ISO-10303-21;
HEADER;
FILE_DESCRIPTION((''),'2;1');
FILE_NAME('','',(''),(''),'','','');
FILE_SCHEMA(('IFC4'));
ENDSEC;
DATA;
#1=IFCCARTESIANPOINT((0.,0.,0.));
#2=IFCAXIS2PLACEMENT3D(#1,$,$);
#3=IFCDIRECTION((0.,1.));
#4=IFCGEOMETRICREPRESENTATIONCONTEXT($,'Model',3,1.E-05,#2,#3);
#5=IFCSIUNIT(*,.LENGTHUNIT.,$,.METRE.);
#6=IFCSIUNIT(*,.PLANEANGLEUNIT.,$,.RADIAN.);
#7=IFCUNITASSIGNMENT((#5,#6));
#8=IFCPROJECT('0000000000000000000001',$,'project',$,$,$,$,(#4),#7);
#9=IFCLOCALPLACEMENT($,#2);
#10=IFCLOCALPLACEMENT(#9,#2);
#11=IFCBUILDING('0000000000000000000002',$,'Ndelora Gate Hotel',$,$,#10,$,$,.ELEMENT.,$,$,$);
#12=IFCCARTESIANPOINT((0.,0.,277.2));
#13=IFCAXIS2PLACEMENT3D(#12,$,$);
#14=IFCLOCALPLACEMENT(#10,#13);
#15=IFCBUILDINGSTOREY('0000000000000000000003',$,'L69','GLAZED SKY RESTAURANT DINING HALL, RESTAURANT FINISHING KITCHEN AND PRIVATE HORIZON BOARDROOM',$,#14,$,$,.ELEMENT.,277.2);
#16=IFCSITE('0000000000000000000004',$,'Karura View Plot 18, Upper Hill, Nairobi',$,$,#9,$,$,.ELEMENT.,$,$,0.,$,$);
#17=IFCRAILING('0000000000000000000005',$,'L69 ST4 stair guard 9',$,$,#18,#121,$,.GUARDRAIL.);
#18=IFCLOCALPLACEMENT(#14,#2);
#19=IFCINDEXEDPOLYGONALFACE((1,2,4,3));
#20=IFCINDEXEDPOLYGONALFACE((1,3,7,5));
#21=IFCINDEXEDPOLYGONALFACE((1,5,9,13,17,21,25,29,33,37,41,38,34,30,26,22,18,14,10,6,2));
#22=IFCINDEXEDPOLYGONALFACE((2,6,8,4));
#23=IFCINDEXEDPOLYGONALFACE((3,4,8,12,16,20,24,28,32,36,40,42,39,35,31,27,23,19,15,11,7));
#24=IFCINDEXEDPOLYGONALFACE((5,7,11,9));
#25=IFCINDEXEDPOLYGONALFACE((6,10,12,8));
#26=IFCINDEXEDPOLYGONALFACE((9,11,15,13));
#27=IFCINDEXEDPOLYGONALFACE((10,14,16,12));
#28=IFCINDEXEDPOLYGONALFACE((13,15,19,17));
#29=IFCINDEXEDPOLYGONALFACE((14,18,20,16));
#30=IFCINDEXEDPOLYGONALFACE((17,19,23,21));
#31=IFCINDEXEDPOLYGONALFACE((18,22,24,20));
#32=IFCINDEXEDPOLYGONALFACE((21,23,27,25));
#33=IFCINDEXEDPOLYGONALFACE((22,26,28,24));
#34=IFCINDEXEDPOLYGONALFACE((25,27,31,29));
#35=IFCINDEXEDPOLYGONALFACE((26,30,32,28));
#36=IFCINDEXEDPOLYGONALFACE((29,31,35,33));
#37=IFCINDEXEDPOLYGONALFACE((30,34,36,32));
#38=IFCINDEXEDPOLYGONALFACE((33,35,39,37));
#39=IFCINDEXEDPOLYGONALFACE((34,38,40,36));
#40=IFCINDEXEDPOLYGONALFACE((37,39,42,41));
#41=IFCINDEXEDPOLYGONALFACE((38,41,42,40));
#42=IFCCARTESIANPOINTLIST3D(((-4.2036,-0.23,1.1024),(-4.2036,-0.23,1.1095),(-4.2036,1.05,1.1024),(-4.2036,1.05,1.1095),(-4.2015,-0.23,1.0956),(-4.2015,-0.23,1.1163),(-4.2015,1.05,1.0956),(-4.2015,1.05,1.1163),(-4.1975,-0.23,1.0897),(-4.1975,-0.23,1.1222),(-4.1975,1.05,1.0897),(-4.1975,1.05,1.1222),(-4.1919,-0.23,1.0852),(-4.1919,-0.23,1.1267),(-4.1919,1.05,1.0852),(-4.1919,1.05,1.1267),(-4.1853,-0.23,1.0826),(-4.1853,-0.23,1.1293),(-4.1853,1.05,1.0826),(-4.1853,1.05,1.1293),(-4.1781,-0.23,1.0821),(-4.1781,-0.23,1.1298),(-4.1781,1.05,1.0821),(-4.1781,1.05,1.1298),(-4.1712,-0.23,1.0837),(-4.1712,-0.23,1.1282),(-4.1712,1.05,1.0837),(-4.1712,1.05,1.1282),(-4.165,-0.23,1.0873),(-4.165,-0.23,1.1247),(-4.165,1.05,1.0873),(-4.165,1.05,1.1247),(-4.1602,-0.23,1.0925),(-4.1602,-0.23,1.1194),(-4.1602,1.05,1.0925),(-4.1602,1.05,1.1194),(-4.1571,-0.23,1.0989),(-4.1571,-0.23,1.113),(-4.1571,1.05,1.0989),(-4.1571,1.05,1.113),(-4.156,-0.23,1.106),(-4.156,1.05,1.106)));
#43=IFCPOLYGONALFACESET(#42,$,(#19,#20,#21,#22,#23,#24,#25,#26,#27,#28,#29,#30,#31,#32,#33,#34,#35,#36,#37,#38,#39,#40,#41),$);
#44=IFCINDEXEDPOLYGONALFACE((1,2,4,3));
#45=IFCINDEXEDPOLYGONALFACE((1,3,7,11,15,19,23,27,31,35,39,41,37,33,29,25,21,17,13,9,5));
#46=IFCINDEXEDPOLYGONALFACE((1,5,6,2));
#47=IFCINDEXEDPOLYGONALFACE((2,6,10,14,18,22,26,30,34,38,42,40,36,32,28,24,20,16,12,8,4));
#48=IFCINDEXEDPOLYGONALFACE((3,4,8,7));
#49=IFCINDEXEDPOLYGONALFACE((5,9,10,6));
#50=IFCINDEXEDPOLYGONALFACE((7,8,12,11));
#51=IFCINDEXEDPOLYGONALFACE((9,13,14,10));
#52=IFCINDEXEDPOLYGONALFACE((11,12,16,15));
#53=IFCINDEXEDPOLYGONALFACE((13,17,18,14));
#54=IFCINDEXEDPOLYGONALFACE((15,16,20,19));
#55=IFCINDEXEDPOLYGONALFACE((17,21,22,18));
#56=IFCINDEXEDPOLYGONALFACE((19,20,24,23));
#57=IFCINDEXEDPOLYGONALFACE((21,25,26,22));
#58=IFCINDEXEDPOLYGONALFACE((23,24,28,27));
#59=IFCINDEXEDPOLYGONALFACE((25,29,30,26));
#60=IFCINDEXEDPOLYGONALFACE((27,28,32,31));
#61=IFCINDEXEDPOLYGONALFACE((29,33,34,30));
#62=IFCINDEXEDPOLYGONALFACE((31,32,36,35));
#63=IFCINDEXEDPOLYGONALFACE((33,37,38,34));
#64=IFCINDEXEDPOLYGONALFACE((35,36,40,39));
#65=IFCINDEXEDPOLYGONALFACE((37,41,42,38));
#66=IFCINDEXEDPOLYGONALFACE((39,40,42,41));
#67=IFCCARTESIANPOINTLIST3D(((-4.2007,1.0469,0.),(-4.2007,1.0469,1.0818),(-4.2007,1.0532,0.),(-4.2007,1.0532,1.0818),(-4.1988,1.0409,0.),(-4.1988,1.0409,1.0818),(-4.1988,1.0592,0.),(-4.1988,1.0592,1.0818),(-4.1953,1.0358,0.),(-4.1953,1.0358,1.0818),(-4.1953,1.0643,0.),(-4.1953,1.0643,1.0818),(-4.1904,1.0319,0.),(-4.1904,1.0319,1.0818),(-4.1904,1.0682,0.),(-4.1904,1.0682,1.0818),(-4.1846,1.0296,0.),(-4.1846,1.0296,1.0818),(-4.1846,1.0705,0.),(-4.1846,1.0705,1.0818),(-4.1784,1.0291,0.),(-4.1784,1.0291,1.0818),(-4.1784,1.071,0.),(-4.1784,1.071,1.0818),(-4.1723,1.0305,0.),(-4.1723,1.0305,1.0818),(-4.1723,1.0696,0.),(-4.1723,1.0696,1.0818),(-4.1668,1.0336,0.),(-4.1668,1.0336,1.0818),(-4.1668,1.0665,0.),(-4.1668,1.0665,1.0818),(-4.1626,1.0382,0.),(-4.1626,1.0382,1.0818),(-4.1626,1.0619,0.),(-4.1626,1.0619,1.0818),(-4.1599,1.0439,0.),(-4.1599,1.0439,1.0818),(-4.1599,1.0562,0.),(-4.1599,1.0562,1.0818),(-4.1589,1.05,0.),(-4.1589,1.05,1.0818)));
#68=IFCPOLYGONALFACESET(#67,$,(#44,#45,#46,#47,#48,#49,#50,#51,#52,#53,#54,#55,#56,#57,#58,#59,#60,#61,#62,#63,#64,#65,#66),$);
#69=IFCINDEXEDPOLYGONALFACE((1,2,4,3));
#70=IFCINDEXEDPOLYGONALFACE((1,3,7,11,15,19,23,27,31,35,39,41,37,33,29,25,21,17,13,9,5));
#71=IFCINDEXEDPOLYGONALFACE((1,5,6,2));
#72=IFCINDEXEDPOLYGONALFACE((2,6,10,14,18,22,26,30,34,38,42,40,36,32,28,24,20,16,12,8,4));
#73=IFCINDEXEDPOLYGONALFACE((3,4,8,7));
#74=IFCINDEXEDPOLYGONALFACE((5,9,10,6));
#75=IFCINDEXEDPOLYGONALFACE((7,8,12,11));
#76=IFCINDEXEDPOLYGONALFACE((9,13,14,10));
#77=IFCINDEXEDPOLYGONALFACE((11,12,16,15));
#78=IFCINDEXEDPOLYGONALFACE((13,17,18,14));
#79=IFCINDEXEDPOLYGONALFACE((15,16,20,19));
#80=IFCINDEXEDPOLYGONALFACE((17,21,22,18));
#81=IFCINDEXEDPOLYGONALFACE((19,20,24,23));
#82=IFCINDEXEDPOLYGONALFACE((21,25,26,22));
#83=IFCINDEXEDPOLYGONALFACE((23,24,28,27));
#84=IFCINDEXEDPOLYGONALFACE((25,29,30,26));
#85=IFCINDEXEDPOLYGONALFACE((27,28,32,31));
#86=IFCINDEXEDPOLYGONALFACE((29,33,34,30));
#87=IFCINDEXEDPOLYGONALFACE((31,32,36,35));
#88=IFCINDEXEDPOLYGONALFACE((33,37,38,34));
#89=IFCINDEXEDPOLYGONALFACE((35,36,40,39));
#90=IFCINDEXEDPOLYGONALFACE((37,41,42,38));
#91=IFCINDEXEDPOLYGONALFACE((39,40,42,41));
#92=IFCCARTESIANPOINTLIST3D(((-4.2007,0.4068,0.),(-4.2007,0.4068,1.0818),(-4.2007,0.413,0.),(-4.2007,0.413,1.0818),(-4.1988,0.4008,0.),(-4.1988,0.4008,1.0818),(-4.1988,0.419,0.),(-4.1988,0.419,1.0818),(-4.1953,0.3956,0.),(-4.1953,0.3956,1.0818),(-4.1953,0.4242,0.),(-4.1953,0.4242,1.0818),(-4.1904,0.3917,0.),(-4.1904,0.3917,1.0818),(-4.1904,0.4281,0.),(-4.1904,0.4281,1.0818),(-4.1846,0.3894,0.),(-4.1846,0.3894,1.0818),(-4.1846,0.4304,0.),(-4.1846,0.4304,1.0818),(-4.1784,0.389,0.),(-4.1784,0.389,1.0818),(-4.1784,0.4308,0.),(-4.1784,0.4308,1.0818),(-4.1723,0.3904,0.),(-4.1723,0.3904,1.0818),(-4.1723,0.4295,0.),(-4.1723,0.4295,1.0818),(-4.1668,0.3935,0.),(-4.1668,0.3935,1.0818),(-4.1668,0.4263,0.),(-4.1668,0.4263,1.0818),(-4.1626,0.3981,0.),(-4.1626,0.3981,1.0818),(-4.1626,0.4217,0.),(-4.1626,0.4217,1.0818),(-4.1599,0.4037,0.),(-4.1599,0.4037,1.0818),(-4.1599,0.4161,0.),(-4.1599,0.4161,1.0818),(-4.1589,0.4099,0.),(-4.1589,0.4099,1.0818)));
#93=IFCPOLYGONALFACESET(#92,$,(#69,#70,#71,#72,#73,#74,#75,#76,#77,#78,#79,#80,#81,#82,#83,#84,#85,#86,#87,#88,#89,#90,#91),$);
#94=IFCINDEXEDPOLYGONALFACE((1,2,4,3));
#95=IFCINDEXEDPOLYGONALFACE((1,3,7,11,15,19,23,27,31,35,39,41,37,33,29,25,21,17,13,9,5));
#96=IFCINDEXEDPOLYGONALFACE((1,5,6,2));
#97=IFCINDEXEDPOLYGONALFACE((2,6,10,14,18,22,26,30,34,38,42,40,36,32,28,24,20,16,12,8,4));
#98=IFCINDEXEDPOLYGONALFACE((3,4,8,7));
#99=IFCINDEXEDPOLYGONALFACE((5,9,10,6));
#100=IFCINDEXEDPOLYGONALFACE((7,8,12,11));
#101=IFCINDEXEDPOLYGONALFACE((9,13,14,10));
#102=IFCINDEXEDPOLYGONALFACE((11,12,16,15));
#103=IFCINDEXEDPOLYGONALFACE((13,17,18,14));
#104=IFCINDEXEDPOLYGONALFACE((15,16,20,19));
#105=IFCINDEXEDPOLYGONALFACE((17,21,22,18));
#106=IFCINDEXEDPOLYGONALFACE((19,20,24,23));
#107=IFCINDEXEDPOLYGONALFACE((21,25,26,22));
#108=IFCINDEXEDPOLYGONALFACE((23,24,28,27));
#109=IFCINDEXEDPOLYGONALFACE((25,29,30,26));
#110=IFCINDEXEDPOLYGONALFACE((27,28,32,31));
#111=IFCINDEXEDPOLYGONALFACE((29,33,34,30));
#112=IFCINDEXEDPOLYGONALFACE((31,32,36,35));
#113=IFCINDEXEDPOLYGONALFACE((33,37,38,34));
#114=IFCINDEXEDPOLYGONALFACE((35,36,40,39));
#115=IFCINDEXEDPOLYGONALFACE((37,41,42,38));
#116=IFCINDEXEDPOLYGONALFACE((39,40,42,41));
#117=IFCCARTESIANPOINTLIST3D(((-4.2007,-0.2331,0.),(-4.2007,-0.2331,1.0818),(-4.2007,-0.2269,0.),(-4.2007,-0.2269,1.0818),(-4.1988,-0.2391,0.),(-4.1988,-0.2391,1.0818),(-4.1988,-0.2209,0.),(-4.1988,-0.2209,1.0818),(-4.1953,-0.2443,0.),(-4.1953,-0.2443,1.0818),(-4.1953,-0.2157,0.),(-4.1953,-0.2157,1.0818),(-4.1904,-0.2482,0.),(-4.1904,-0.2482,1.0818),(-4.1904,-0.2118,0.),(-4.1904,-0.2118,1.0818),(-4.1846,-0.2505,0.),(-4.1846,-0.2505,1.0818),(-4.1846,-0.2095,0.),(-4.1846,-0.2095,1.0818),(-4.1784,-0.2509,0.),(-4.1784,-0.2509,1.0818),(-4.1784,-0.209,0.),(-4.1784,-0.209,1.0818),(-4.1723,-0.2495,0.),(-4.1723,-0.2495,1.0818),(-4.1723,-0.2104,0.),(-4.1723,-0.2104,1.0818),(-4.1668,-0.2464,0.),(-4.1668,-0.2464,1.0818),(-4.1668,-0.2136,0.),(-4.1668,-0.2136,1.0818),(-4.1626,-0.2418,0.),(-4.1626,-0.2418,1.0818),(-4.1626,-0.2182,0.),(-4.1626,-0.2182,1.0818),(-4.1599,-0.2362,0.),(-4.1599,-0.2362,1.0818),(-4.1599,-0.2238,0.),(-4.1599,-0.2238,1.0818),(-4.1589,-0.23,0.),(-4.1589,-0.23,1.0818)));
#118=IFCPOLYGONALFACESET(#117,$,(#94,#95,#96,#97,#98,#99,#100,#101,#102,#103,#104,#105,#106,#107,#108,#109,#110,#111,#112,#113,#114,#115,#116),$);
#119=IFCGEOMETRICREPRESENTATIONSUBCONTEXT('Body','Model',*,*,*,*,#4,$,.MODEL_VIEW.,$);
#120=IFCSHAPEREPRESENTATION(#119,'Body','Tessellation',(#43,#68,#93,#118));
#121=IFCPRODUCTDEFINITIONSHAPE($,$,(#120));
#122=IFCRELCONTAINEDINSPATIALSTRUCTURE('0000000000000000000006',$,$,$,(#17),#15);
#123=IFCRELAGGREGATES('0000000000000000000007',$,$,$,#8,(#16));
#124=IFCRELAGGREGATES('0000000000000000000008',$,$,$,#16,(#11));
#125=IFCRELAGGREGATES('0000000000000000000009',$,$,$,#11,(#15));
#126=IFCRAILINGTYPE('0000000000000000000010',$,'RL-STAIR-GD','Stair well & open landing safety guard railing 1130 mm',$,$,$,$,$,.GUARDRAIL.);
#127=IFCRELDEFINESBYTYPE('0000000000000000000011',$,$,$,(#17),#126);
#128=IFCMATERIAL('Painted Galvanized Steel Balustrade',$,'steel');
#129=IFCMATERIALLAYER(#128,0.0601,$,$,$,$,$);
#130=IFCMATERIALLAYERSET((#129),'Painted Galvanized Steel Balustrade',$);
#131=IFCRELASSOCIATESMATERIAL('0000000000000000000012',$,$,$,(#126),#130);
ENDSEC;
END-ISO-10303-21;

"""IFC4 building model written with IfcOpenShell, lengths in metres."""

from ifc_helpers import new_model, si_unit, direction, frame, origin, origin_2d, place, context, subcontext, project, spatial, circle, extrude, material, layer, layer_set, type_object, element, save


model = new_model("IFC4")

# Units and contexts
model_context = context("Model", 3, precision=1e-05, world=origin(), true_north=direction((0.0, 1.0)))
body_context = subcontext(model_context, "Body", "Model", "MODEL_VIEW")
ifc_project = project(units=[si_unit("LENGTHUNIT", "METRE"), si_unit("PLANEANGLEUNIT", "RADIAN")], contexts=[model_context])

# Site, building, storey
site_placement = place(None, origin())
site = spatial("IfcSite", under=ifc_project, at=site_placement, Name="Karura View Plot 18, Upper Hill, Nairobi", CompositionType="ELEMENT", RefElevation=0.0)
building_placement = place(site_placement, origin())
building = spatial("IfcBuilding", under=site, at=building_placement, Name="Ndelora Gate Hotel", CompositionType="ELEMENT")
storey_placement = place(building_placement, frame((0.0, 0.0, 277.2)))
storey = spatial("IfcBuildingStorey", under=building, at=storey_placement, Name="L69", Description="GLAZED SKY RESTAURANT DINING HALL, RESTAURANT FINISHING KITCHEN AND PRIVATE HORIZON BOARDROOM", CompositionType="ELEMENT", Elevation=277.2)

# Railing
ifc_material_1 = material(Name="Painted Galvanized Steel Balustrade", Category="steel")
ifc_layer_1 = layer(ifc_material_1, 0.0601)
ifc_layer_set_1 = layer_set([ifc_layer_1], Name="Painted Galvanized Steel Balustrade")
railing_type_1 = type_object("IfcRailingType", Name="RL-STAIR-GD", Description="Stair well & open landing safety guard railing 1130 mm", PredefinedType="GUARDRAIL", material=ifc_layer_set_1)
for number, where, name in (
    (1, (-4.1799, 1.05, 0.0), "L69 ST4 stair guard 9"),
):
    element("IfcRailing", number, at=place(storey_placement, frame(where)), inside=storey, type_object=railing_type_1, Name=name, PredefinedType="GUARDRAIL", context=body_context, shape_type="SweptSolid", body=[
        extrude(circle(Radius=0.0239, at=origin_2d()), frame((0.0, 0.0, 1.106), z_axis=(0.0, -1.0, 0.0), x_axis=(1.0, 0.0, 0.0)), (0.0, 0.0, 1.0), 1.28),
        extrude(circle(Radius=0.021, at=origin_2d()), origin(), (0.0, 0.0, 1.0), 1.0818),
        extrude(circle(Radius=0.021, at=origin_2d()), frame((0.0, -0.6401, 0.0)), (0.0, 0.0, 1.0), 1.0818),
        extrude(circle(Radius=0.021, at=origin_2d()), frame((0.0, -1.28, 0.0)), (0.0, 0.0, 1.0), 1.0818),
    ])

save(model, "model.ifc")
